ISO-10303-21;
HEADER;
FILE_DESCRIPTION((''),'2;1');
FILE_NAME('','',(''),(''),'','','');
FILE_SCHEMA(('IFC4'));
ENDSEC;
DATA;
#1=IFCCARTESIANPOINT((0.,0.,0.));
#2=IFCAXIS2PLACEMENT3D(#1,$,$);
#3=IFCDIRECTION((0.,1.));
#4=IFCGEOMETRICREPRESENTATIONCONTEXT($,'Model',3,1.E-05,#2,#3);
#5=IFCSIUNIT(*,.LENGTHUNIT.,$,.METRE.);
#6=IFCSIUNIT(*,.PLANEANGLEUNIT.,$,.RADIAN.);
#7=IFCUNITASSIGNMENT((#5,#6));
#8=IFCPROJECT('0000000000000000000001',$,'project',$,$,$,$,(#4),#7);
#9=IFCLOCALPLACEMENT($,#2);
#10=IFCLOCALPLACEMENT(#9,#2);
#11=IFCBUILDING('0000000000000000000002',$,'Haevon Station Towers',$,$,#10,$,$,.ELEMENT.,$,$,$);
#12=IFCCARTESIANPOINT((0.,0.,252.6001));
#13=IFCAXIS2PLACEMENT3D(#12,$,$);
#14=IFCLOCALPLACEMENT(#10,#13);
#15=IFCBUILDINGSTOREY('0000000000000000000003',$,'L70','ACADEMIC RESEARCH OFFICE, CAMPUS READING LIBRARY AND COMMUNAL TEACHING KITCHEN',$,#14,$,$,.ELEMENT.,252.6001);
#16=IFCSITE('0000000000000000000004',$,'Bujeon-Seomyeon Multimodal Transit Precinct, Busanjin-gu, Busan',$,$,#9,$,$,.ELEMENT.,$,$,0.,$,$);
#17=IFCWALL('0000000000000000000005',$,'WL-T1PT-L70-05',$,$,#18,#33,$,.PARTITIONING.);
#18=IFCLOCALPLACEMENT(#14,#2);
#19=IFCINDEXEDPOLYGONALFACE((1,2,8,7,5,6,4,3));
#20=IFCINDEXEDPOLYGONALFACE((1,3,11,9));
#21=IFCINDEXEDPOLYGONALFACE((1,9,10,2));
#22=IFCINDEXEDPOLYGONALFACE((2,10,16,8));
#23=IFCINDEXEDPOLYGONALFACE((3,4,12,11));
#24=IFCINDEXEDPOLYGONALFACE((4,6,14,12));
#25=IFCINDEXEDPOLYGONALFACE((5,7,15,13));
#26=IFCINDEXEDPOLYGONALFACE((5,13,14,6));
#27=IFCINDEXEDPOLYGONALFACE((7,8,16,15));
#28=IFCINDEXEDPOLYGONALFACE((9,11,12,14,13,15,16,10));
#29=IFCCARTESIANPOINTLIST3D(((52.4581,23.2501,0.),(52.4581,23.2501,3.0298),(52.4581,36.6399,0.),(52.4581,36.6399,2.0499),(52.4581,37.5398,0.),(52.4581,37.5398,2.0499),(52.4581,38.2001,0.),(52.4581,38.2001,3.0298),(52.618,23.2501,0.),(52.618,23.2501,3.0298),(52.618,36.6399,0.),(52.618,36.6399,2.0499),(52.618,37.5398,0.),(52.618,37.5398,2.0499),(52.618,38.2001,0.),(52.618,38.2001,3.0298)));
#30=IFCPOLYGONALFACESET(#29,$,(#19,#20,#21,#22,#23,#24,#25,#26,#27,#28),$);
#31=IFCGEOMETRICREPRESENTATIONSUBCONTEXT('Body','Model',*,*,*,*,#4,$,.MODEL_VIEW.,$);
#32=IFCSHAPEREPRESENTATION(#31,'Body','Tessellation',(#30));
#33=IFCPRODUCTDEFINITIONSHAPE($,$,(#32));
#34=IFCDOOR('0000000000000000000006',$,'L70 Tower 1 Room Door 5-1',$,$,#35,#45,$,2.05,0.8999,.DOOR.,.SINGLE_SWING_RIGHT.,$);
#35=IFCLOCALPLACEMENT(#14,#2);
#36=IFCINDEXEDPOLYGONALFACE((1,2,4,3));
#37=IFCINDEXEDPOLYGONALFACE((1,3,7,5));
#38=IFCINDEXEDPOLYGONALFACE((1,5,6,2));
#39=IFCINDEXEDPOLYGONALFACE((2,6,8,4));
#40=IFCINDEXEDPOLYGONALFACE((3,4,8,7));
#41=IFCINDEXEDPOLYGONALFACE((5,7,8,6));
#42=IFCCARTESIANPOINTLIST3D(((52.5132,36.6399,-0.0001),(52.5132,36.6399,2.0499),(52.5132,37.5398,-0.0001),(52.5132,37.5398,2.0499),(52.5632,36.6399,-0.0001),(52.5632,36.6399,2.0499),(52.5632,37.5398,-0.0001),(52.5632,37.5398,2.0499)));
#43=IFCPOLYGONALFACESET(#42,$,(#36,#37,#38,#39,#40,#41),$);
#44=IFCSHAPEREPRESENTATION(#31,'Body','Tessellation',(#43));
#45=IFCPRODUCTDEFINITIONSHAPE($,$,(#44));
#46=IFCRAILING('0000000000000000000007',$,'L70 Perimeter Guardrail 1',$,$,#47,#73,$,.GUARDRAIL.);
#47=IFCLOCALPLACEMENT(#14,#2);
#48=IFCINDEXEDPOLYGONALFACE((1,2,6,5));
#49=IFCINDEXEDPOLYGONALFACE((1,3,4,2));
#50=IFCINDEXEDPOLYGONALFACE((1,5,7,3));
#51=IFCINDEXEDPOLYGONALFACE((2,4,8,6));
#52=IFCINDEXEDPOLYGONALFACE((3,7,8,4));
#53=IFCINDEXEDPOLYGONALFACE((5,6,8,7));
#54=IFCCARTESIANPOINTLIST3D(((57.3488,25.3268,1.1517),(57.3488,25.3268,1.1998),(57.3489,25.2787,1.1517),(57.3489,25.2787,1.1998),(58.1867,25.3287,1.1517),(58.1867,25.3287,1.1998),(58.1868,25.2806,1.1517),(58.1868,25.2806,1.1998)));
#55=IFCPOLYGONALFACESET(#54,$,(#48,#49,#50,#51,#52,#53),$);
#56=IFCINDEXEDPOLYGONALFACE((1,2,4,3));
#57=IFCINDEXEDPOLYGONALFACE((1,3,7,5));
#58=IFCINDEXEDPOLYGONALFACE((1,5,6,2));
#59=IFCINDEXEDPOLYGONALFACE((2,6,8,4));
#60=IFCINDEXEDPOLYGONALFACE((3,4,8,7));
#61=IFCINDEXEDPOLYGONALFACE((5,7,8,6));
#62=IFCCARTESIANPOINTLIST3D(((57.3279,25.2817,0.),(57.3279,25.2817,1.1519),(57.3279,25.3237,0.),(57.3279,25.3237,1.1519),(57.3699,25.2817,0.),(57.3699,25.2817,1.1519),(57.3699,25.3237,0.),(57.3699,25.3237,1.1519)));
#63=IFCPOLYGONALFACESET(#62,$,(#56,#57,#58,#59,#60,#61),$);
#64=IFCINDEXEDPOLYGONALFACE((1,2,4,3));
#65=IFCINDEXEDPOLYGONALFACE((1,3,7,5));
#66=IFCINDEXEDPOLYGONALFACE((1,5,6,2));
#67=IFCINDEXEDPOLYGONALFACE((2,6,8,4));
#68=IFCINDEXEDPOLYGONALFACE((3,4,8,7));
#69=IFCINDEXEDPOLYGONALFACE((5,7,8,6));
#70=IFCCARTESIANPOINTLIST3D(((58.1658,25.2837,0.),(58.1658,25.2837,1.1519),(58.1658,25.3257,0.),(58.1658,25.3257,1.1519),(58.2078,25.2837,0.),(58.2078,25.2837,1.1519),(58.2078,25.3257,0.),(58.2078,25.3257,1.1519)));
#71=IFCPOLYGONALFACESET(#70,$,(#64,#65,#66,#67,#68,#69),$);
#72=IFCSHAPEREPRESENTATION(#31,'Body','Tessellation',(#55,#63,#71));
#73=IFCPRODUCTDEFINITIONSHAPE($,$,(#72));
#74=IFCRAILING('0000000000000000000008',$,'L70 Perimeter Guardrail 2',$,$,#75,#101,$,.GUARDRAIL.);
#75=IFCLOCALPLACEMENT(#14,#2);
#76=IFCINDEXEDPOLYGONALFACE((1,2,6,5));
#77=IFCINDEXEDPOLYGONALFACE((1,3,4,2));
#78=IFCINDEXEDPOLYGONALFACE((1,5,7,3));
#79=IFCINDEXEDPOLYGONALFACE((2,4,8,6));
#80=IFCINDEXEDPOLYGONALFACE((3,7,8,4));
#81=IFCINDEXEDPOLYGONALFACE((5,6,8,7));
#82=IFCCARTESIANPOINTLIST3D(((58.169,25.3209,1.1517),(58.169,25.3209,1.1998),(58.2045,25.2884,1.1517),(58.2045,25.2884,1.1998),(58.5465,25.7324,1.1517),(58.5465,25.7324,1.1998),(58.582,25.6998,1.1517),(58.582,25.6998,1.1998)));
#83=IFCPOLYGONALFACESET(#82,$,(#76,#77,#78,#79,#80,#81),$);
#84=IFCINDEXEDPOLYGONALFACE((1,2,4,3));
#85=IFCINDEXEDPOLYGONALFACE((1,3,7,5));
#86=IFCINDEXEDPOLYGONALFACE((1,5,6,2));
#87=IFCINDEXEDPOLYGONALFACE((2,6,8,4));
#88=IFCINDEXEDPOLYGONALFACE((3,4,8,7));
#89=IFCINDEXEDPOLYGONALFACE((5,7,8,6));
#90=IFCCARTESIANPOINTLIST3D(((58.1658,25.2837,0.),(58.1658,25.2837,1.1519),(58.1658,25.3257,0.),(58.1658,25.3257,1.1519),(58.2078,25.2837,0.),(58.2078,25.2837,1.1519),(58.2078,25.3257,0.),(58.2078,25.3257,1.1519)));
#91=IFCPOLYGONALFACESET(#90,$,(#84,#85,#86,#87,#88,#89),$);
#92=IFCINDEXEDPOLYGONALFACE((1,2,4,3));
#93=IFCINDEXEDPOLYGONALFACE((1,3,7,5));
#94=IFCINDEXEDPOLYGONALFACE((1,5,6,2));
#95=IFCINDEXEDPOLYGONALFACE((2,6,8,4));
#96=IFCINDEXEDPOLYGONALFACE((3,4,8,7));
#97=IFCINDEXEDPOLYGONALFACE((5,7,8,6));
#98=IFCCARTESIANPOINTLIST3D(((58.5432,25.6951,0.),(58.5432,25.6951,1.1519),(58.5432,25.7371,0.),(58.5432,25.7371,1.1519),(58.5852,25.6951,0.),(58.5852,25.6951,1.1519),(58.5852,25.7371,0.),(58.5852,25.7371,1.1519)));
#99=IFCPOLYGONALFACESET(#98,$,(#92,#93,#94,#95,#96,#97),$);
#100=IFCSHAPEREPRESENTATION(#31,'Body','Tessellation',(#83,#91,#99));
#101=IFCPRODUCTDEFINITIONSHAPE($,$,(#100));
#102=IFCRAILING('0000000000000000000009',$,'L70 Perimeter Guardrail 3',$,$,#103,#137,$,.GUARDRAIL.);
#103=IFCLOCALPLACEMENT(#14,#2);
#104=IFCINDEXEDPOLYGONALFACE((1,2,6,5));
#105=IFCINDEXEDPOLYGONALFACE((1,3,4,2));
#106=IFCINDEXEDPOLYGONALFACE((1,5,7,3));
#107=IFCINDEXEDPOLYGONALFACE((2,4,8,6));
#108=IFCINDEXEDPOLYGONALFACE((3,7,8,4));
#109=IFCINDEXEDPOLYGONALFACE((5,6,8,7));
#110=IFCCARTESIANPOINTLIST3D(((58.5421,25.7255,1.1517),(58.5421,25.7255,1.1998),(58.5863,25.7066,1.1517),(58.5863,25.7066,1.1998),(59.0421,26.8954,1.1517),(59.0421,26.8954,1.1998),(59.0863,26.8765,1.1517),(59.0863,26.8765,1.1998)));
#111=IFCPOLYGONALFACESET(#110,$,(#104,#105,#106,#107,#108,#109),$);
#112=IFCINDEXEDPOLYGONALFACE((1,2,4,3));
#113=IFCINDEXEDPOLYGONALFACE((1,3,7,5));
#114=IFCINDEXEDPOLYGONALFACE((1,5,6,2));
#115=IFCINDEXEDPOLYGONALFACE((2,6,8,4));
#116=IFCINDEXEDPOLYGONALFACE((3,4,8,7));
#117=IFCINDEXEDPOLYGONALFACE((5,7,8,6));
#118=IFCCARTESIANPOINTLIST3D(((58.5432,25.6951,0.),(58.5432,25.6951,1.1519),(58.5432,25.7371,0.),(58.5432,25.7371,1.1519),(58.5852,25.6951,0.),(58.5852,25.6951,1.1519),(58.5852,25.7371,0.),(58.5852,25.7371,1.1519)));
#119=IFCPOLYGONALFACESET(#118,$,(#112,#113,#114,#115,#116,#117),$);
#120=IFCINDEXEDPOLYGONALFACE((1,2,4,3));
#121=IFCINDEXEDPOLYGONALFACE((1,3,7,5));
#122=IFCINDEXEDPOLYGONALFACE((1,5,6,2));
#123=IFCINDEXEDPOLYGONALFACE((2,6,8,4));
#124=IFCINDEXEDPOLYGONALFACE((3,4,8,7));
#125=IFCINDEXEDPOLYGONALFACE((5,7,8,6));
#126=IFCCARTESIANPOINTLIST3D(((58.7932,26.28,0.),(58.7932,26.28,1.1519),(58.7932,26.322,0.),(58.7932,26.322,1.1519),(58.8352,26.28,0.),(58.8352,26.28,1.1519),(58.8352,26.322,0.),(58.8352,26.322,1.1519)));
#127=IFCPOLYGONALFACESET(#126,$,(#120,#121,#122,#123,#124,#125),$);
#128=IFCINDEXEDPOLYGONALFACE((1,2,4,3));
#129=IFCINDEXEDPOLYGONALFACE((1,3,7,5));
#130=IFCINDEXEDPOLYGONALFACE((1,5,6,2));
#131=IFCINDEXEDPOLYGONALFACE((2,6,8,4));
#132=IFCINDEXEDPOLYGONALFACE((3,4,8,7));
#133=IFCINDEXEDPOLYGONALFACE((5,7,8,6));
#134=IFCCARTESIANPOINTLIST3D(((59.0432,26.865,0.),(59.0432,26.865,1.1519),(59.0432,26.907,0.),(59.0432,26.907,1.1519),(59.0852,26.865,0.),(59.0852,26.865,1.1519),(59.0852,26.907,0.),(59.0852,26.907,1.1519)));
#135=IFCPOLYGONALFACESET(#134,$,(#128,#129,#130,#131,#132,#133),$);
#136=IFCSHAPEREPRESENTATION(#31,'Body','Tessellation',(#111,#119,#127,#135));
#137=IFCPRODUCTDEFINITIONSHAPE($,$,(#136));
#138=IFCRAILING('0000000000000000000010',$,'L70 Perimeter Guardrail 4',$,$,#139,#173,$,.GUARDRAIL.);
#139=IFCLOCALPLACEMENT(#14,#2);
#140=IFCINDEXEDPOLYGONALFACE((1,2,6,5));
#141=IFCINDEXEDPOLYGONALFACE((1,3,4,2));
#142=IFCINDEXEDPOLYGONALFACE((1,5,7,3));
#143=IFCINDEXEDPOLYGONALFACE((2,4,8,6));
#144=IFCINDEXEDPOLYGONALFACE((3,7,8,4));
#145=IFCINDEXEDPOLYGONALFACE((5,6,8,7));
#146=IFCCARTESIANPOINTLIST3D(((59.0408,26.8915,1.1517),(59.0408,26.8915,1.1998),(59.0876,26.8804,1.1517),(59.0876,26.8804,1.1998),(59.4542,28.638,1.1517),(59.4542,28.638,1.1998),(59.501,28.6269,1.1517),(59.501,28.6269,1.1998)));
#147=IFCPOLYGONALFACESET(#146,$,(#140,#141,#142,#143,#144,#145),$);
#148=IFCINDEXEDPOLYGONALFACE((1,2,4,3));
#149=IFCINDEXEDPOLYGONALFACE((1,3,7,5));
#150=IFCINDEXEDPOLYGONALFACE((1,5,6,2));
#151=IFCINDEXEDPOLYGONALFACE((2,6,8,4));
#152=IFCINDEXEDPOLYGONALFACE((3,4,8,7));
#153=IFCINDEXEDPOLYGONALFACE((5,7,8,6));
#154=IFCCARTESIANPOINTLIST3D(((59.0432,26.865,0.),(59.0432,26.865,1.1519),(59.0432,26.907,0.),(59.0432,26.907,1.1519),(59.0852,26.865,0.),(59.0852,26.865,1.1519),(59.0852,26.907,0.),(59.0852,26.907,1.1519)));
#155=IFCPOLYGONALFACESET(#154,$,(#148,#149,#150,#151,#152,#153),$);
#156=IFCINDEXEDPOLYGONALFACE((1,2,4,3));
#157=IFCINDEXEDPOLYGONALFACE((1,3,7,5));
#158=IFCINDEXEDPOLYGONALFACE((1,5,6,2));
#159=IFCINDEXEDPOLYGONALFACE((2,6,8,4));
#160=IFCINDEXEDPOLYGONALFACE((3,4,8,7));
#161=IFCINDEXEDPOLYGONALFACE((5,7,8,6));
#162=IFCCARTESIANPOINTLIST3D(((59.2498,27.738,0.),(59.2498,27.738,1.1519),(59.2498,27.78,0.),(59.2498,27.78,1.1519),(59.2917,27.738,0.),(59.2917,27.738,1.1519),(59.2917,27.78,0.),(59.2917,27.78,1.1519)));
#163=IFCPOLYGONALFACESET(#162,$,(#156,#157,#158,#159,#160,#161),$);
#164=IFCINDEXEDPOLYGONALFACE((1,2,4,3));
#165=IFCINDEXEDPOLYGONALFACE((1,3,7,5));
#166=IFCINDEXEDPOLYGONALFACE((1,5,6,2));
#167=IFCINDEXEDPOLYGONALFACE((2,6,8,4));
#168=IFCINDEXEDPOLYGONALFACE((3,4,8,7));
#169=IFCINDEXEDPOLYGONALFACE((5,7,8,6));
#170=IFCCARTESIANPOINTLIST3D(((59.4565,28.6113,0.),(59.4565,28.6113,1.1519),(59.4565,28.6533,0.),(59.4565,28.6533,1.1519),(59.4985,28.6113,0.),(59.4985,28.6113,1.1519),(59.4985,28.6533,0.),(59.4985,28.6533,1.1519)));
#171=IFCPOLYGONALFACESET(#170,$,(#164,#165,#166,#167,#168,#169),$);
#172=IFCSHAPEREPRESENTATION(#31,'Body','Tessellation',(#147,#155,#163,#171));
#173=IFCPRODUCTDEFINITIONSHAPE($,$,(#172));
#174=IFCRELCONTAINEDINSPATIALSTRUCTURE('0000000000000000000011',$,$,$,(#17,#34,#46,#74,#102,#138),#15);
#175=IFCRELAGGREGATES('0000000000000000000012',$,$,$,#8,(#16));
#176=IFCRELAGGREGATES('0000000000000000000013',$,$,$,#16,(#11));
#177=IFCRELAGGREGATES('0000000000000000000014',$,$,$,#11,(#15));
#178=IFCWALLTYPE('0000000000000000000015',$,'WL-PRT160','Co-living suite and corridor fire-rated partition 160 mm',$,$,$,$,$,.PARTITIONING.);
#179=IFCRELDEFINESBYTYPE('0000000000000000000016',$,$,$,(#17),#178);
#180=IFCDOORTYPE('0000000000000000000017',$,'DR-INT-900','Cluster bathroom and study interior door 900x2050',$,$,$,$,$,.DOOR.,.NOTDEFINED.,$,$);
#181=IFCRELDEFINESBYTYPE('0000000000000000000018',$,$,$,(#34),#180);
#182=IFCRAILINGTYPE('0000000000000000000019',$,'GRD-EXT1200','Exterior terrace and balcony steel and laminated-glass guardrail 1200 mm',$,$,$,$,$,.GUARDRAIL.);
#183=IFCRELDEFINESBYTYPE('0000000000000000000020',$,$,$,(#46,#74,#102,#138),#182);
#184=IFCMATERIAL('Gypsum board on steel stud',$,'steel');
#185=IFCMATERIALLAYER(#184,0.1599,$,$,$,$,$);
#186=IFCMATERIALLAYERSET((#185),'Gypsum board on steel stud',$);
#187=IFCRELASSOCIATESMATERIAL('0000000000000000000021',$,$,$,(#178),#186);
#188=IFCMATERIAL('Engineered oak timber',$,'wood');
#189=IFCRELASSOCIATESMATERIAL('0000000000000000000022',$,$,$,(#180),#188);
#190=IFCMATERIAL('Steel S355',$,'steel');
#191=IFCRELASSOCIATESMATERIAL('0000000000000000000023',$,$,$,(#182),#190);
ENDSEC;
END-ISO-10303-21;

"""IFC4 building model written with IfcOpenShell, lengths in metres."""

from ifc_helpers import new_model, si_unit, direction, frame, frame_2d, origin, origin_2d, place, context, subcontext, project, spatial, rectangle, extrude, material, layer, layer_set, type_object, element, fill, save


model = new_model("IFC4")

# Units and contexts
model_context = context("Model", 3, precision=1e-05, world=origin(), true_north=direction((0.0, 1.0)))
body_context = subcontext(model_context, "Body", "Model", "MODEL_VIEW")
ifc_project = project(units=[si_unit("LENGTHUNIT", "METRE"), si_unit("PLANEANGLEUNIT", "RADIAN")], contexts=[model_context])

# Site, building, storey
site_placement = place(None, origin())
site = spatial("IfcSite", under=ifc_project, at=site_placement, Name="Bujeon-Seomyeon Multimodal Transit Precinct, Busanjin-gu, Busan", CompositionType="ELEMENT", RefElevation=0.0)
building_placement = place(site_placement, origin())
building = spatial("IfcBuilding", under=site, at=building_placement, Name="Haevon Station Towers", CompositionType="ELEMENT")
storey_placement = place(building_placement, frame((0.0, 0.0, 252.6001)))
storey = spatial("IfcBuildingStorey", under=building, at=storey_placement, Name="L70", Description="ACADEMIC RESEARCH OFFICE, CAMPUS READING LIBRARY AND COMMUNAL TEACHING KITCHEN", CompositionType="ELEMENT", Elevation=252.6001)

# Shared definitions
ifc_material_1 = material(Name="Steel S355", Category="steel")

# Wall, opening, door
ifc_material_2 = material(Name="Gypsum board on steel stud", Category="steel")
ifc_layer_1 = layer(ifc_material_2, 0.1599)
ifc_layer_set_1 = layer_set([ifc_layer_1], Name="Gypsum board on steel stud")
wall_type_1 = type_object("IfcWallType", Name="WL-PRT160", Description="Co-living suite and corridor fire-rated partition 160 mm", PredefinedType="PARTITIONING", material=ifc_layer_set_1)
wall_1_placement = place(storey_placement, frame((52.5381, 23.25, 0.0), z_axis=(0.0, 0.0, 1.0), x_axis=(0.0, 1.0, 0.0)))
wall_1 = element("IfcWall", 1, at=wall_1_placement, inside=storey, type_object=wall_type_1, Name="WL-T1PT-L70-05", PredefinedType="PARTITIONING", context=body_context, shape_type="SweptSolid", body=[
    extrude(rectangle(XDim=14.95, YDim=0.1599, at=frame_2d((7.4751, 0.0))), origin(), (0.0, 0.0, 1.0), 3.0298),
])
opening_1_placement = place(wall_1_placement, frame((13.3899, 0.0, 0.0)))
opening_1 = element("IfcOpeningElement", 2, at=opening_1_placement, cuts=wall_1, PredefinedType="OPENING", context=body_context, shape_type="SweptSolid", body=[
    extrude(rectangle(XDim=0.8999, YDim=2.05, at=frame_2d((0.45, 1.0249))), frame((0.0, 0.0898, 0.0), z_axis=(0.0, -1.0, 0.0), x_axis=(1.0, 0.0, 0.0)), (0.0, 0.0, 1.0), 0.1799),
])
ifc_material_3 = material(Name="Engineered oak timber", Category="wood")
door_type = type_object("IfcDoorType", Name="DR-INT-900", Description="Cluster bathroom and study interior door 900x2050", OperationType="NOTDEFINED", PredefinedType="DOOR", material=ifc_material_3)
door_placement = place(opening_1_placement, origin())
door = element("IfcDoor", 3, at=door_placement, inside=storey, type_object=door_type, Name="L70 Tower 1 Room Door 5-1", OperationType="SINGLE_SWING_RIGHT", OverallHeight=2.05, OverallWidth=0.8999, PredefinedType="DOOR", context=body_context, shape_type="SweptSolid", body=[
    extrude(rectangle(XDim=0.8999, YDim=2.05, at=frame_2d((0.45, 1.0249))), frame((0.0, 0.0249, 0.0), z_axis=(0.0, -1.0, 0.0), x_axis=(1.0, 0.0, 0.0)), (0.0, 0.0, 1.0), 0.05),
])
fill(opening_1, door)

# Railings
railing_type = type_object("IfcRailingType", Name="GRD-EXT1200", Description="Exterior terrace and balcony steel and laminated-glass guardrail 1200 mm", PredefinedType="GUARDRAIL", material=ifc_material_1)
railing_1_placement = place(storey_placement, frame((57.3489, 25.3027, 0.0)))
element("IfcRailing", 4, at=railing_1_placement, inside=storey, type_object=railing_type, Name="L70 Perimeter Guardrail 1", PredefinedType="GUARDRAIL", context=body_context, shape_type="SweptSolid", body=[
    extrude(rectangle(XDim=0.0481, YDim=0.0481, at=origin_2d()), frame((0.0, 0.0, 1.1758), z_axis=(0.999997, 0.002331, 0.0), x_axis=(-0.002331, 0.999997, 0.0)), (0.0, 0.0, 1.0), 0.8379),
    extrude(rectangle(XDim=0.042, YDim=0.042, at=origin_2d()), origin(), (0.0, 0.0, 1.0), 1.1519),
    extrude(rectangle(XDim=0.042, YDim=0.042, at=origin_2d()), frame((0.8379, 0.002, 0.0)), (0.0, 0.0, 1.0), 1.1519),
])
railing_2_placement = place(storey_placement, frame((58.1868, 25.3047, 0.0)))
element("IfcRailing", 5, at=railing_2_placement, inside=storey, type_object=railing_type, Name="L70 Perimeter Guardrail 2", PredefinedType="GUARDRAIL", context=body_context, shape_type="SweptSolid", body=[
    extrude(rectangle(XDim=0.0481, YDim=0.0481, at=origin_2d()), frame((0.0, 0.0, 1.1758), z_axis=(0.676061, 0.736845, 0.0), x_axis=(-0.736845, 0.676061, 0.0)), (0.0, 0.0, 1.0), 0.5583),
    extrude(rectangle(XDim=0.042, YDim=0.042, at=origin_2d()), origin(), (0.0, 0.0, 1.0), 1.1519),
    extrude(rectangle(XDim=0.042, YDim=0.042, at=origin_2d()), frame((0.3774, 0.4114, 0.0)), (0.0, 0.0, 1.0), 1.1519),
])
railing_3_placement = place(storey_placement, frame((58.5642, 25.7161, 0.0)))
element("IfcRailing", 6, at=railing_3_placement, inside=storey, type_object=railing_type, Name="L70 Perimeter Guardrail 3", PredefinedType="GUARDRAIL", context=body_context, shape_type="SweptSolid", body=[
    extrude(rectangle(XDim=0.0481, YDim=0.0481, at=origin_2d()), frame((0.0, 0.0, 1.1758), z_axis=(0.392993, 0.919542, 0.0), x_axis=(-0.919542, 0.392993, 0.0)), (0.0, 0.0, 1.0), 1.2722),
    extrude(rectangle(XDim=0.042, YDim=0.042, at=origin_2d()), origin(), (0.0, 0.0, 1.0), 1.1519),
    extrude(rectangle(XDim=0.042, YDim=0.042, at=origin_2d()), frame((0.25, 0.585, 0.0)), (0.0, 0.0, 1.0), 1.1519),
    extrude(rectangle(XDim=0.042, YDim=0.042, at=origin_2d()), frame((0.5, 1.1699, 0.0)), (0.0, 0.0, 1.0), 1.1519),
])
railing_4_placement = place(storey_placement, frame((59.0642, 26.886, 0.0)))
element("IfcRailing", 7, at=railing_4_placement, inside=storey, type_object=railing_type, Name="L70 Perimeter Guardrail 4", PredefinedType="GUARDRAIL", context=body_context, shape_type="SweptSolid", body=[
    extrude(rectangle(XDim=0.0481, YDim=0.0481, at=origin_2d()), frame((0.0, 0.0, 1.1758), z_axis=(0.230321, 0.973115, 0.0), x_axis=(-0.973115, 0.230321, 0.0)), (0.0, 0.0, 1.0), 1.7947),
    extrude(rectangle(XDim=0.042, YDim=0.042, at=origin_2d()), origin(), (0.0, 0.0, 1.0), 1.1519),
    extrude(rectangle(XDim=0.042, YDim=0.042, at=origin_2d()), frame((0.2065, 0.873, 0.0)), (0.0, 0.0, 1.0), 1.1519),
    extrude(rectangle(XDim=0.042, YDim=0.042, at=origin_2d()), frame((0.4133, 1.7463, 0.0)), (0.0, 0.0, 1.0), 1.1519),
])

save(model, "model.ifc")
